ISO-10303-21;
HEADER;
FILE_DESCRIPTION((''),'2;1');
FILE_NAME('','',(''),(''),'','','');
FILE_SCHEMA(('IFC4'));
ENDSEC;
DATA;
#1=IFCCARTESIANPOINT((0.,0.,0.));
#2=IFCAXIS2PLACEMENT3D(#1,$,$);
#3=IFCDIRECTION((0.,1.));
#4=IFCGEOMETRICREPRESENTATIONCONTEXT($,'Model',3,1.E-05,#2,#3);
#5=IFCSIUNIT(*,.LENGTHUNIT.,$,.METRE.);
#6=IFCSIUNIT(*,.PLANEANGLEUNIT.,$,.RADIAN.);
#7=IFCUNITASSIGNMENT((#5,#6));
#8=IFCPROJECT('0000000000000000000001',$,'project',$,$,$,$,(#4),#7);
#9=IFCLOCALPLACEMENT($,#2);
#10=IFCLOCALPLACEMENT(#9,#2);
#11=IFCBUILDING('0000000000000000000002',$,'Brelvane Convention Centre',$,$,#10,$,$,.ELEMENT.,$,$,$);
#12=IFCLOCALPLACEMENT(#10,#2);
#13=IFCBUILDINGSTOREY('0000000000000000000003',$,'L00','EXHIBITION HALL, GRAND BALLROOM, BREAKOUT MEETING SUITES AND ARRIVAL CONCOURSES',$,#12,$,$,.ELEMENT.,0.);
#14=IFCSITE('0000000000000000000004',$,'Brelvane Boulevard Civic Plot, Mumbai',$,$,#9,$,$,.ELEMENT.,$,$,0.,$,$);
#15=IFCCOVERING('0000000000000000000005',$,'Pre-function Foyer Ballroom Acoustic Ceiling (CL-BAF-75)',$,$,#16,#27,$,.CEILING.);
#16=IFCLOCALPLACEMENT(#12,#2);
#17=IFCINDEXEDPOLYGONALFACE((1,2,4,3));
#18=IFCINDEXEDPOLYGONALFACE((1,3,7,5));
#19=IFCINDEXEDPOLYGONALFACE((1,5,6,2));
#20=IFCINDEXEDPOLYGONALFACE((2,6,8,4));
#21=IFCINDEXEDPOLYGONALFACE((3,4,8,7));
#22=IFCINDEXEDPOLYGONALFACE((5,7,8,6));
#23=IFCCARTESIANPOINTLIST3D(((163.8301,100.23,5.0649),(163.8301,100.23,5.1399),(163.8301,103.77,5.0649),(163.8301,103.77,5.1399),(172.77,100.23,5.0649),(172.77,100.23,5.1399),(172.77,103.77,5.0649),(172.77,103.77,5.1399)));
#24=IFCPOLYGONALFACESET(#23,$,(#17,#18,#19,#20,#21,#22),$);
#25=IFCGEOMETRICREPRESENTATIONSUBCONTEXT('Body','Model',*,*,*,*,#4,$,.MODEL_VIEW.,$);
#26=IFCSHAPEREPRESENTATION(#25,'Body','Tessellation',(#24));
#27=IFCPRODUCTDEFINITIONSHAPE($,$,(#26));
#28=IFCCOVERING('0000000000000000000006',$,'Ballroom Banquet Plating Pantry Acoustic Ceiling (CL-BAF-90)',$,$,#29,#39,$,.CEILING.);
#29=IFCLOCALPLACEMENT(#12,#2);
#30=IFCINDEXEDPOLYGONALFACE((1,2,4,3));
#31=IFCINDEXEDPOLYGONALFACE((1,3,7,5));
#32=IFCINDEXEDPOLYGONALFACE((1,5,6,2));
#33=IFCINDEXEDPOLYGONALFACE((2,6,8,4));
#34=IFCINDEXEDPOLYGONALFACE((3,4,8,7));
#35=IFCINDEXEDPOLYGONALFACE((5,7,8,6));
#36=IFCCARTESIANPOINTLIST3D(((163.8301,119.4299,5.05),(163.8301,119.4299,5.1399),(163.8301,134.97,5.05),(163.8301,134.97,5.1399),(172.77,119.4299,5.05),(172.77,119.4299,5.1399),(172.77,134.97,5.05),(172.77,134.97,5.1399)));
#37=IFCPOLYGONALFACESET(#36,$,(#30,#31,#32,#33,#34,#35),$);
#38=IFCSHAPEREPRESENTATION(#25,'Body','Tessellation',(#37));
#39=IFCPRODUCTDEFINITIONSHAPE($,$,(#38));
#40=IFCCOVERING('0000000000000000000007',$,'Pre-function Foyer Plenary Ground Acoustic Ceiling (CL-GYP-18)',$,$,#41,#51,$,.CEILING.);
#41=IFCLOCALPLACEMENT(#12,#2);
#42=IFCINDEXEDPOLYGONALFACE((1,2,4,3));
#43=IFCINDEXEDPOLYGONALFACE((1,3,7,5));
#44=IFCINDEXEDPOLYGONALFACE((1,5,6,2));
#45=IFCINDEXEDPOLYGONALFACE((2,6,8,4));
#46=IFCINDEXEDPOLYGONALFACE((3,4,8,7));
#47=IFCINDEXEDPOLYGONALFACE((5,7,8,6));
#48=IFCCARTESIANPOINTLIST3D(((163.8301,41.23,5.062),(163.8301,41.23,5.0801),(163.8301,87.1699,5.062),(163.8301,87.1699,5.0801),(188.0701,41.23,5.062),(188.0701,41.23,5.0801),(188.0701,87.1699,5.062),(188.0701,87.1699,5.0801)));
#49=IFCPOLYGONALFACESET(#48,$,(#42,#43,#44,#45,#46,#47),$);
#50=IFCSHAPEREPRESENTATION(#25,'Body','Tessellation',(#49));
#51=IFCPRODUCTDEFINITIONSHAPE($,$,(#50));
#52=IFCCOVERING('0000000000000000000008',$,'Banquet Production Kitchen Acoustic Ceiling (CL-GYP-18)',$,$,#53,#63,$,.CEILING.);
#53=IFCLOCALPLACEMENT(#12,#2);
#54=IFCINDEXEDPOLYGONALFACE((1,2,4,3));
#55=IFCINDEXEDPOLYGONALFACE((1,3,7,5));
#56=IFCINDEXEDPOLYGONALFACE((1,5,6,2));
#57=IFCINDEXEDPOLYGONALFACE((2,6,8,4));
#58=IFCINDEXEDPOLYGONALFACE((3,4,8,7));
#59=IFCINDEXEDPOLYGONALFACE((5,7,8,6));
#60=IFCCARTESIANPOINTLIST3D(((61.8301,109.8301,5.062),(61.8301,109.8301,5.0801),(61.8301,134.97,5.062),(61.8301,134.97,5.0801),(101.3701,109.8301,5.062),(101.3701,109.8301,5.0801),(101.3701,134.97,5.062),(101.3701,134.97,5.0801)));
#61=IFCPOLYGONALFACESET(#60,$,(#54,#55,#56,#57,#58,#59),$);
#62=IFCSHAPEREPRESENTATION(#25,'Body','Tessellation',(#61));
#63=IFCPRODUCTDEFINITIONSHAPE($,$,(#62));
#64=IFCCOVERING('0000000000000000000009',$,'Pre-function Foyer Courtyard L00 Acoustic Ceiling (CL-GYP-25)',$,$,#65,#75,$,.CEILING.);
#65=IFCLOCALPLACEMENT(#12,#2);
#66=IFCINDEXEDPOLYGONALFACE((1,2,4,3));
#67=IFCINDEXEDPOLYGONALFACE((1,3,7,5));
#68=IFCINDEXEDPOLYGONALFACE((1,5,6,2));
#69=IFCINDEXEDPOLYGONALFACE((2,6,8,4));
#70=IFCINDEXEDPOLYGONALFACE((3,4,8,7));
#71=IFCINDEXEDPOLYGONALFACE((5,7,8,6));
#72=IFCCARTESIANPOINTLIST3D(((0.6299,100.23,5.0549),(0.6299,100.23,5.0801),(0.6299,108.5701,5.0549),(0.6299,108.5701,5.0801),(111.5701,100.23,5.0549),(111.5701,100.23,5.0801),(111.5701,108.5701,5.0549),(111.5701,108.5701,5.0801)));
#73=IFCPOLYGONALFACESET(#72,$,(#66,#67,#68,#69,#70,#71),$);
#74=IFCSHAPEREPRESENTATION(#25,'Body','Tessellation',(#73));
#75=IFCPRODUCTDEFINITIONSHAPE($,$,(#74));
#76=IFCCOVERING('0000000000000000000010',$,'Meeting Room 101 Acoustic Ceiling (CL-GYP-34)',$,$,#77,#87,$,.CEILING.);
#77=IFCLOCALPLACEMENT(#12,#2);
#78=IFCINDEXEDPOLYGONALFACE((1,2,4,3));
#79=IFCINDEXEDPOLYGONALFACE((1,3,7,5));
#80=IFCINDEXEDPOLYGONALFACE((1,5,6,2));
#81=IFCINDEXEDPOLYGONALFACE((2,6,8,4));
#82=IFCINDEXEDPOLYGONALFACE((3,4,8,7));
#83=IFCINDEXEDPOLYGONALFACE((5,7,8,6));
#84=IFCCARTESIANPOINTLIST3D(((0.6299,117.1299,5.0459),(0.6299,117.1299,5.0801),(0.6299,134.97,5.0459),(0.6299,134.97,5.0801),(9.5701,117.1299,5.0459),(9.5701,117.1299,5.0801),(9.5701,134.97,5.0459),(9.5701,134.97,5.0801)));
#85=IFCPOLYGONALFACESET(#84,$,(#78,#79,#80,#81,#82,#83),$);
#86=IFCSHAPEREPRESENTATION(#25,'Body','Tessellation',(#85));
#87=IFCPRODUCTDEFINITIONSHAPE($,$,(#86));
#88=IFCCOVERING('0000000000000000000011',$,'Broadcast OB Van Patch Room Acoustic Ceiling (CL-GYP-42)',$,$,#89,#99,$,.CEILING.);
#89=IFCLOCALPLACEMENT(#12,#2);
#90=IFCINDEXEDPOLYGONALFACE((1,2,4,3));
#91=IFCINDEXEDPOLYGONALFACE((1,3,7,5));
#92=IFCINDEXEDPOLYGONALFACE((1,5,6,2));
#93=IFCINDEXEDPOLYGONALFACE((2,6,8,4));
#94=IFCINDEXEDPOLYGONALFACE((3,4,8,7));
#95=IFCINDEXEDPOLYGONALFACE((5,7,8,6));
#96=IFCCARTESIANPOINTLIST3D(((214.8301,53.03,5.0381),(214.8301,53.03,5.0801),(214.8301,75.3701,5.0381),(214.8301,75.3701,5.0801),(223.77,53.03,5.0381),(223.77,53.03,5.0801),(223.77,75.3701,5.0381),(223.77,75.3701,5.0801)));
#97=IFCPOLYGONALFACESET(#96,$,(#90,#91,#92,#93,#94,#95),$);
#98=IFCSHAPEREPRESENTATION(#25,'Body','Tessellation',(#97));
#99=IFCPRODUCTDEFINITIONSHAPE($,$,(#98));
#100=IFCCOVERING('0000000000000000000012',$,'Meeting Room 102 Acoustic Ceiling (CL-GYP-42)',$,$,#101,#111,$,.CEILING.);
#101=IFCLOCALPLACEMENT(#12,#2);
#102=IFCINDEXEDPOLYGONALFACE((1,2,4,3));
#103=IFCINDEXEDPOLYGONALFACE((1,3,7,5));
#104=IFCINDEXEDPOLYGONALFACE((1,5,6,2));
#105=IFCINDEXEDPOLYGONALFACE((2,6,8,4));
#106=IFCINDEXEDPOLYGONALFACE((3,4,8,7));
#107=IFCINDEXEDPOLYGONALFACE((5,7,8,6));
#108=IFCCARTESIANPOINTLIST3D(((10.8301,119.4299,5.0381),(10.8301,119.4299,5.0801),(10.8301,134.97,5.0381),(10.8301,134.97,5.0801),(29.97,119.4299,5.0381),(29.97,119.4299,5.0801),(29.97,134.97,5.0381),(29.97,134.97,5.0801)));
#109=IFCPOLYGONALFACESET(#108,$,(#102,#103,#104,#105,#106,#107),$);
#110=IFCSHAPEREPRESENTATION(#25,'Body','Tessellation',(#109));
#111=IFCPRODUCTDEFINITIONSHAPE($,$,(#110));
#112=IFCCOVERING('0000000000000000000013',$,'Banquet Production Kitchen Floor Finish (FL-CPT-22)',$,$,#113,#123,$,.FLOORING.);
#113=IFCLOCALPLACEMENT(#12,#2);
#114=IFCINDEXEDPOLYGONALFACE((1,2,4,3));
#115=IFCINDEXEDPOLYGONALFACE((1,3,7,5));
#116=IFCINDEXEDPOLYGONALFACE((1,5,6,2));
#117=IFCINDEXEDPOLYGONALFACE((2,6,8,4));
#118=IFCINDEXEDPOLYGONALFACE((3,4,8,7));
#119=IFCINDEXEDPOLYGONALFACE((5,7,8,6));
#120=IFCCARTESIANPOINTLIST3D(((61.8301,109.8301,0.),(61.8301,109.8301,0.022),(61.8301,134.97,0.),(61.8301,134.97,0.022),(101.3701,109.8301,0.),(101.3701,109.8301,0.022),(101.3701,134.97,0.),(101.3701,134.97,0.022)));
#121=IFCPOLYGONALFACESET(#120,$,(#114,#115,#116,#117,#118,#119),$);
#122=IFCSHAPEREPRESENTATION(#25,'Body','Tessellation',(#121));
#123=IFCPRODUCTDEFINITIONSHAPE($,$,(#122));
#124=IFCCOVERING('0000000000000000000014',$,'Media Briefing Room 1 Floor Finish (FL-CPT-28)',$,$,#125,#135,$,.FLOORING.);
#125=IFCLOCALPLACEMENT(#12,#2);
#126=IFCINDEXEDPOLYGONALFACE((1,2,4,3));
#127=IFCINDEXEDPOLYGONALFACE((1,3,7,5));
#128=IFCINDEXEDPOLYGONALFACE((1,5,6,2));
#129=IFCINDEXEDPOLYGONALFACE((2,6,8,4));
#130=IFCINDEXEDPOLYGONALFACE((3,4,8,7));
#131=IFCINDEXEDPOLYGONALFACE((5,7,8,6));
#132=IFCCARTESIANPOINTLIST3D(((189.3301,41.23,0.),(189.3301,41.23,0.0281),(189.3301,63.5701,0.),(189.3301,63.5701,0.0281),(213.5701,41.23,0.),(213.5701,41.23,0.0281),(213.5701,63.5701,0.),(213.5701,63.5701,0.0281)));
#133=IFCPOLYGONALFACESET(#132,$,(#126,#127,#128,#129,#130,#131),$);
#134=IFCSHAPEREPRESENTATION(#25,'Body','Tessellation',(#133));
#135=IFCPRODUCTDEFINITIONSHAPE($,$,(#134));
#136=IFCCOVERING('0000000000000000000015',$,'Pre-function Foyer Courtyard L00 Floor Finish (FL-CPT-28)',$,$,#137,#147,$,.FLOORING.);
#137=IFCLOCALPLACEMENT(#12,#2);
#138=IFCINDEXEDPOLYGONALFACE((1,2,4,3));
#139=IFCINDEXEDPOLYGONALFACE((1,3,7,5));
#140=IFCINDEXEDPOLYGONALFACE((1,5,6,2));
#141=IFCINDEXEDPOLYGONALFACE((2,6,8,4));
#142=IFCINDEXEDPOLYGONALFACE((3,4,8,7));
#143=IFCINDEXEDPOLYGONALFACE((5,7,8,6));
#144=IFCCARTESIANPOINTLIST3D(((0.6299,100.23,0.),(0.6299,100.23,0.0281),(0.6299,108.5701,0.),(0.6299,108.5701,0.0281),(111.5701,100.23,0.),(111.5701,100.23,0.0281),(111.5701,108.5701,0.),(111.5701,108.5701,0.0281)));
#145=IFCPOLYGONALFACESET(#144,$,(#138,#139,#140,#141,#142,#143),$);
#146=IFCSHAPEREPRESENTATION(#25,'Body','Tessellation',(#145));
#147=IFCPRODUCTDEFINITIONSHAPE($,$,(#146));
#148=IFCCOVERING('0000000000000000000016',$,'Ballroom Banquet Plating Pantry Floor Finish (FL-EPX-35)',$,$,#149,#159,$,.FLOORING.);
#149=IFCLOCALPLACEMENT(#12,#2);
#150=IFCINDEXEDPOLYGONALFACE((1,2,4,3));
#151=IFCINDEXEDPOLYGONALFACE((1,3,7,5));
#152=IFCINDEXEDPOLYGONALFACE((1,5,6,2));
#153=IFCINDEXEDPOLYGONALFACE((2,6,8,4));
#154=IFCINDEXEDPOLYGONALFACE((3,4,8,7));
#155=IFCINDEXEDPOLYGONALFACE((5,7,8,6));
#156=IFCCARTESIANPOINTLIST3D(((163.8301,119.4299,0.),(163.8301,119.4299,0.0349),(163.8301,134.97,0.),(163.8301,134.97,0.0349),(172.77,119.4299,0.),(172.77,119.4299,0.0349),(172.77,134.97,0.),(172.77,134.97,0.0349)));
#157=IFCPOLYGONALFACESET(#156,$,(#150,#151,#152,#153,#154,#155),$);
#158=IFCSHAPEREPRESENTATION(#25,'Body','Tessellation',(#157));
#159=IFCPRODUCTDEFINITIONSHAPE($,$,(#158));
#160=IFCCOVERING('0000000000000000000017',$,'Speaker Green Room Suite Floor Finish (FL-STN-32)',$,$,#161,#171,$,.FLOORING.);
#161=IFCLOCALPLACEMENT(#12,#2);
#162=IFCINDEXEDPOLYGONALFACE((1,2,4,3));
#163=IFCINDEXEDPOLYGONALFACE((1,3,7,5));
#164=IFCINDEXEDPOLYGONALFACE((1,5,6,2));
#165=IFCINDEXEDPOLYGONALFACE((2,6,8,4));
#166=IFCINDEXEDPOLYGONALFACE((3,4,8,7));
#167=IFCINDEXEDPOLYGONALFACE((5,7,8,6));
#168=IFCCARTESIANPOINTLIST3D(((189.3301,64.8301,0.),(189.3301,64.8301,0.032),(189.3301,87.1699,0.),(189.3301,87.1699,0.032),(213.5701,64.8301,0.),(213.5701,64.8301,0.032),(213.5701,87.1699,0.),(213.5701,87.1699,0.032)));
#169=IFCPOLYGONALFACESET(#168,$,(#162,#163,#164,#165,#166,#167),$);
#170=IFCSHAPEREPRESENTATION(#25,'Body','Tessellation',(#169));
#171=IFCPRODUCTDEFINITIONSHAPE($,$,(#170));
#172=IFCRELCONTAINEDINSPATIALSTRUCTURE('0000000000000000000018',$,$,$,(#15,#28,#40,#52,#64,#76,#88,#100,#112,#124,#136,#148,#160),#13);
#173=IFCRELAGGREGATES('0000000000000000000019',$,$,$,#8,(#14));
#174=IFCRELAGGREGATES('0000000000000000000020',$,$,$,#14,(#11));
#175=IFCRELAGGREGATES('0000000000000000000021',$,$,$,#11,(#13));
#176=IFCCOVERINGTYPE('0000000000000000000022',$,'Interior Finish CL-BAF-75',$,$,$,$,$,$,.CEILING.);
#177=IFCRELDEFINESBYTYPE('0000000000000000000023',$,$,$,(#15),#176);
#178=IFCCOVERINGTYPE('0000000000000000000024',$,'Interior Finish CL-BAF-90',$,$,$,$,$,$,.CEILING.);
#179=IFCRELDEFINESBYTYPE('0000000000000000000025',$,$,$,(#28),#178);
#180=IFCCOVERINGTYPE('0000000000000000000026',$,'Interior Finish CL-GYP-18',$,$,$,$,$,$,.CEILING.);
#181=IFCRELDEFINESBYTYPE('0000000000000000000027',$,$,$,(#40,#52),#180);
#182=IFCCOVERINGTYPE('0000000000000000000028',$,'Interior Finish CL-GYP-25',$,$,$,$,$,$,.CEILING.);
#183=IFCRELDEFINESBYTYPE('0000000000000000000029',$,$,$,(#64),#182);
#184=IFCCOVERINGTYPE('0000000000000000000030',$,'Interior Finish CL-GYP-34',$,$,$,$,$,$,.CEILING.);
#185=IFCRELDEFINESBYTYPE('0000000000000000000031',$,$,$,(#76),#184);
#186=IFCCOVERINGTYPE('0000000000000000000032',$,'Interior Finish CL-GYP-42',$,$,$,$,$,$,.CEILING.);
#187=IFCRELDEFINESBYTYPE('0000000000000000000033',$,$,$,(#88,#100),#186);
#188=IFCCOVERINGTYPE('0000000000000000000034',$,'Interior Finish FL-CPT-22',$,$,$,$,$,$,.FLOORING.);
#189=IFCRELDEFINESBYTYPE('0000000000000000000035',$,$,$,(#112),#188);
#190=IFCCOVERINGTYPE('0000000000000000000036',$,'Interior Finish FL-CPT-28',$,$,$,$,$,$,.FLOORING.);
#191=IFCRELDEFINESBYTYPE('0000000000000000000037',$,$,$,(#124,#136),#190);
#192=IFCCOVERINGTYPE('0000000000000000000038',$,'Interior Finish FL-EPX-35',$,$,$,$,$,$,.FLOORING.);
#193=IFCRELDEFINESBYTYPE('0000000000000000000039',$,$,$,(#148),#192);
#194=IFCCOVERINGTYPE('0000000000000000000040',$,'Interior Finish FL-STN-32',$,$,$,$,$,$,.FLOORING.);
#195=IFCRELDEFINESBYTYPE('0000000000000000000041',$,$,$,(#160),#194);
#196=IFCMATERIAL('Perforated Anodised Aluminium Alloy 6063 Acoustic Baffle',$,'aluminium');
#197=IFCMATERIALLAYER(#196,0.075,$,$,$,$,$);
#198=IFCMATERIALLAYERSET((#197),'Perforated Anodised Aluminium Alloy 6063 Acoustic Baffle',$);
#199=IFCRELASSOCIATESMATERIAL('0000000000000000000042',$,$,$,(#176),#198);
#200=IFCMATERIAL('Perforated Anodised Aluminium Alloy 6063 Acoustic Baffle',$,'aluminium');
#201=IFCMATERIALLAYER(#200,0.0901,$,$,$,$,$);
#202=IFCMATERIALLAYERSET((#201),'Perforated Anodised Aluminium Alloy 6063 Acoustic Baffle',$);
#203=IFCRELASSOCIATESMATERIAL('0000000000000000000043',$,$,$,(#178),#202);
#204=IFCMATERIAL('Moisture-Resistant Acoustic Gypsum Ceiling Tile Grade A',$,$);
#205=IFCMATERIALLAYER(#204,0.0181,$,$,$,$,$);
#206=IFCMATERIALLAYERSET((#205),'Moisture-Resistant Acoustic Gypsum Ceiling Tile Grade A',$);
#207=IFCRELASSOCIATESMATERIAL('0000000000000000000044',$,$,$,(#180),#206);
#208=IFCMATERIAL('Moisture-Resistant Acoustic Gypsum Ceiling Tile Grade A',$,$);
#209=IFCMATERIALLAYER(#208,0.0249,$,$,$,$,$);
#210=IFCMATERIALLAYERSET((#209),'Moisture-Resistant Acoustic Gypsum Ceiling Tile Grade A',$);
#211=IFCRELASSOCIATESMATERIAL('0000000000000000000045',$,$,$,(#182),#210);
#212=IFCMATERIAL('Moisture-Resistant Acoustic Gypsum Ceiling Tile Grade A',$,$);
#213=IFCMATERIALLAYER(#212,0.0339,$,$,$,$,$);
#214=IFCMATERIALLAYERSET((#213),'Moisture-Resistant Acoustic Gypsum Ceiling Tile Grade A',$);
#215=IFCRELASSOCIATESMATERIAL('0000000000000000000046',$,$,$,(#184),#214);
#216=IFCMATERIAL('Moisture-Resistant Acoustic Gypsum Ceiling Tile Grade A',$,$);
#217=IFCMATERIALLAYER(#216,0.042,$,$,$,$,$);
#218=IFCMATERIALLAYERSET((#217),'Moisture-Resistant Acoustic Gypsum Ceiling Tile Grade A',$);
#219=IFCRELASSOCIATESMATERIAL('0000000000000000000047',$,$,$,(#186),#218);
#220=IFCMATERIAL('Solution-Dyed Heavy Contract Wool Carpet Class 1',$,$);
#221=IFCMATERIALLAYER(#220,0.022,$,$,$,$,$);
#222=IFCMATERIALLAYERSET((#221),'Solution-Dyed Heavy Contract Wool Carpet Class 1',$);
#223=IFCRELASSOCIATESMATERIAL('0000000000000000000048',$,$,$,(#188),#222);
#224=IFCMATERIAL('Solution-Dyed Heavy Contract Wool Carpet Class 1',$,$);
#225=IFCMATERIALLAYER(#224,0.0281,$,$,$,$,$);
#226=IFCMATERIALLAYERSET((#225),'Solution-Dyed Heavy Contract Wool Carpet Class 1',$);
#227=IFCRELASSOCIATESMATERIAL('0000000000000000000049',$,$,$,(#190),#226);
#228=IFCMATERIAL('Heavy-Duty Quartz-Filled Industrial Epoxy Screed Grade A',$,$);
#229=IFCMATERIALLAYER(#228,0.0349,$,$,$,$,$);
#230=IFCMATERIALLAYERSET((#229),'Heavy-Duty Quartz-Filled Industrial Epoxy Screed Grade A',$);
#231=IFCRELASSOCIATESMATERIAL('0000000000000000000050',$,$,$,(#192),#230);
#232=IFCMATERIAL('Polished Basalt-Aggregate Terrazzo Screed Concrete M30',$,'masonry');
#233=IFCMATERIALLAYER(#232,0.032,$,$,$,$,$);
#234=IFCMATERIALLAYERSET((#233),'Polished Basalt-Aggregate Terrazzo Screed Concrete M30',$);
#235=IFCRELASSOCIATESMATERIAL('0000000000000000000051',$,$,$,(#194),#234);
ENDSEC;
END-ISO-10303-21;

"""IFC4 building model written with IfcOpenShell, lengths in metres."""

from ifc_helpers import new_model, si_unit, direction, frame, origin, place, context, subcontext, project, spatial, polyline, outline, extrude, material, layer, layer_set, type_object, element, save


model = new_model("IFC4")

# Units and contexts
model_context = context("Model", 3, precision=1e-05, world=origin(), true_north=direction((0.0, 1.0)))
body_context = subcontext(model_context, "Body", "Model", "MODEL_VIEW")
ifc_project = project(units=[si_unit("LENGTHUNIT", "METRE"), si_unit("PLANEANGLEUNIT", "RADIAN")], contexts=[model_context])

# Site, building, storey
site_placement = place(None, origin())
site = spatial("IfcSite", under=ifc_project, at=site_placement, Name="Brelvane Boulevard Civic Plot, Mumbai", CompositionType="ELEMENT", RefElevation=0.0)
building_placement = place(site_placement, origin())
building = spatial("IfcBuilding", under=site, at=building_placement, Name="Brelvane Convention Centre", CompositionType="ELEMENT")
storey_placement = place(building_placement, origin())
storey = spatial("IfcBuildingStorey", under=building, at=storey_placement, Name="L00", Description="EXHIBITION HALL, GRAND BALLROOM, BREAKOUT MEETING SUITES AND ARRIVAL CONCOURSES", CompositionType="ELEMENT", Elevation=0.0)

# Coverings
ifc_material_1 = material(Name="Perforated Anodised Aluminium Alloy 6063 Acoustic Baffle", Category="aluminium")
ifc_layer_1 = layer(ifc_material_1, 0.075)
ifc_layer_set_1 = layer_set([ifc_layer_1], Name="Perforated Anodised Aluminium Alloy 6063 Acoustic Baffle")
covering_type_1 = type_object("IfcCoveringType", Name="Interior Finish CL-BAF-75", PredefinedType="CEILING", material=ifc_layer_set_1)
covering_1_placement = place(storey_placement, frame((0.0, 0.0, 5.0649)))
element("IfcCovering", 1, at=covering_1_placement, inside=storey, type_object=covering_type_1, Name="Pre-function Foyer Ballroom Acoustic Ceiling (CL-BAF-75)", PredefinedType="CEILING", context=body_context, shape_type="SweptSolid", body=[
    extrude(outline(polyline([(163.8301, 100.23), (172.77, 100.23), (172.77, 103.77), (163.8301, 103.77), (163.8301, 100.23)])), origin(), (0.0, 0.0, 1.0), 0.075),
])
ifc_material_2 = material(Name="Perforated Anodised Aluminium Alloy 6063 Acoustic Baffle", Category="aluminium")
ifc_layer_2 = layer(ifc_material_2, 0.0901)
ifc_layer_set_2 = layer_set([ifc_layer_2], Name="Perforated Anodised Aluminium Alloy 6063 Acoustic Baffle")
covering_type_2 = type_object("IfcCoveringType", Name="Interior Finish CL-BAF-90", PredefinedType="CEILING", material=ifc_layer_set_2)
covering_2_placement = place(storey_placement, frame((0.0, 0.0, 5.05)))
element("IfcCovering", 2, at=covering_2_placement, inside=storey, type_object=covering_type_2, Name="Ballroom Banquet Plating Pantry Acoustic Ceiling (CL-BAF-90)", PredefinedType="CEILING", context=body_context, shape_type="SweptSolid", body=[
    extrude(outline(polyline([(163.8301, 119.4299), (172.77, 119.4299), (172.77, 134.97), (163.8301, 134.97), (163.8301, 119.4299)])), origin(), (0.0, 0.0, 1.0), 0.0898),
])
ifc_material_3 = material(Name="Moisture-Resistant Acoustic Gypsum Ceiling Tile Grade A")
ifc_layer_3 = layer(ifc_material_3, 0.0181)
ifc_layer_set_3 = layer_set([ifc_layer_3], Name="Moisture-Resistant Acoustic Gypsum Ceiling Tile Grade A")
covering_type_3 = type_object("IfcCoveringType", Name="Interior Finish CL-GYP-18", PredefinedType="CEILING", material=ifc_layer_set_3)
covering_3_placement = place(storey_placement, frame((0.0, 0.0, 5.062)))
element("IfcCovering", 3, at=covering_3_placement, inside=storey, type_object=covering_type_3, Name="Pre-function Foyer Plenary Ground Acoustic Ceiling (CL-GYP-18)", PredefinedType="CEILING", context=body_context, shape_type="SweptSolid", body=[
    extrude(outline(polyline([(163.8301, 41.23), (188.0701, 41.23), (188.0701, 87.1699), (163.8301, 87.1699), (163.8301, 41.23)])), origin(), (0.0, 0.0, 1.0), 0.0181),
])
covering_4_placement = place(storey_placement, frame((0.0, 0.0, 5.062)))
element("IfcCovering", 4, at=covering_4_placement, inside=storey, type_object=covering_type_3, Name="Banquet Production Kitchen Acoustic Ceiling (CL-GYP-18)", PredefinedType="CEILING", context=body_context, shape_type="SweptSolid", body=[
    extrude(outline(polyline([(61.8301, 109.8301), (101.3701, 109.8301), (101.3701, 134.97), (61.8301, 134.97), (61.8301, 109.8301)])), origin(), (0.0, 0.0, 1.0), 0.0181),
])
ifc_material_4 = material(Name="Moisture-Resistant Acoustic Gypsum Ceiling Tile Grade A")
ifc_layer_4 = layer(ifc_material_4, 0.0249)
ifc_layer_set_4 = layer_set([ifc_layer_4], Name="Moisture-Resistant Acoustic Gypsum Ceiling Tile Grade A")
covering_type_4 = type_object("IfcCoveringType", Name="Interior Finish CL-GYP-25", PredefinedType="CEILING", material=ifc_layer_set_4)
covering_5_placement = place(storey_placement, frame((0.0, 0.0, 5.0549)))
element("IfcCovering", 5, at=covering_5_placement, inside=storey, type_object=covering_type_4, Name="Pre-function Foyer Courtyard L00 Acoustic Ceiling (CL-GYP-25)", PredefinedType="CEILING", context=body_context, shape_type="SweptSolid", body=[
    extrude(outline(polyline([(0.6299, 100.23), (111.5701, 100.23), (111.5701, 108.5701), (0.6299, 108.5701), (0.6299, 100.23)])), origin(), (0.0, 0.0, 1.0), 0.0251),
])
ifc_material_5 = material(Name="Moisture-Resistant Acoustic Gypsum Ceiling Tile Grade A")
ifc_layer_5 = layer(ifc_material_5, 0.0339)
ifc_layer_set_5 = layer_set([ifc_layer_5], Name="Moisture-Resistant Acoustic Gypsum Ceiling Tile Grade A")
covering_type_5 = type_object("IfcCoveringType", Name="Interior Finish CL-GYP-34", PredefinedType="CEILING", material=ifc_layer_set_5)
covering_6_placement = place(storey_placement, frame((0.0, 0.0, 5.0459)))
element("IfcCovering", 6, at=covering_6_placement, inside=storey, type_object=covering_type_5, Name="Meeting Room 101 Acoustic Ceiling (CL-GYP-34)", PredefinedType="CEILING", context=body_context, shape_type="SweptSolid", body=[
    extrude(outline(polyline([(0.6299, 117.1299), (9.5701, 117.1299), (9.5701, 134.97), (0.6299, 134.97), (0.6299, 117.1299)])), origin(), (0.0, 0.0, 1.0), 0.0342),
])
ifc_material_6 = material(Name="Moisture-Resistant Acoustic Gypsum Ceiling Tile Grade A")
ifc_layer_6 = layer(ifc_material_6, 0.042)
ifc_layer_set_6 = layer_set([ifc_layer_6], Name="Moisture-Resistant Acoustic Gypsum Ceiling Tile Grade A")
covering_type_6 = type_object("IfcCoveringType", Name="Interior Finish CL-GYP-42", PredefinedType="CEILING", material=ifc_layer_set_6)
covering_7_placement = place(storey_placement, frame((0.0, 0.0, 5.0381)))
element("IfcCovering", 7, at=covering_7_placement, inside=storey, type_object=covering_type_6, Name="Broadcast OB Van Patch Room Acoustic Ceiling (CL-GYP-42)", PredefinedType="CEILING", context=body_context, shape_type="SweptSolid", body=[
    extrude(outline(polyline([(214.8301, 53.03), (223.77, 53.03), (223.77, 75.3701), (214.8301, 75.3701), (214.8301, 53.03)])), origin(), (0.0, 0.0, 1.0), 0.042),
])
covering_8_placement = place(storey_placement, frame((0.0, 0.0, 5.0381)))
element("IfcCovering", 8, at=covering_8_placement, inside=storey, type_object=covering_type_6, Name="Meeting Room 102 Acoustic Ceiling (CL-GYP-42)", PredefinedType="CEILING", context=body_context, shape_type="SweptSolid", body=[
    extrude(outline(polyline([(10.8301, 119.4299), (29.97, 119.4299), (29.97, 134.97), (10.8301, 134.97), (10.8301, 119.4299)])), origin(), (0.0, 0.0, 1.0), 0.042),
])
ifc_material_7 = material(Name="Solution-Dyed Heavy Contract Wool Carpet Class 1")
ifc_layer_7 = layer(ifc_material_7, 0.022)
ifc_layer_set_7 = layer_set([ifc_layer_7], Name="Solution-Dyed Heavy Contract Wool Carpet Class 1")
covering_type_7 = type_object("IfcCoveringType", Name="Interior Finish FL-CPT-22", PredefinedType="FLOORING", material=ifc_layer_set_7)
covering_9_placement = place(storey_placement, origin())
element("IfcCovering", 9, at=covering_9_placement, inside=storey, type_object=covering_type_7, Name="Banquet Production Kitchen Floor Finish (FL-CPT-22)", PredefinedType="FLOORING", context=body_context, shape_type="SweptSolid", body=[
    extrude(outline(polyline([(61.8301, 109.8301), (101.3701, 109.8301), (101.3701, 134.97), (61.8301, 134.97), (61.8301, 109.8301)])), origin(), (0.0, 0.0, 1.0), 0.022),
])
ifc_material_8 = material(Name="Solution-Dyed Heavy Contract Wool Carpet Class 1")
ifc_layer_8 = layer(ifc_material_8, 0.0281)
ifc_layer_set_8 = layer_set([ifc_layer_8], Name="Solution-Dyed Heavy Contract Wool Carpet Class 1")
covering_type_8 = type_object("IfcCoveringType", Name="Interior Finish FL-CPT-28", PredefinedType="FLOORING", material=ifc_layer_set_8)
covering_10_placement = place(storey_placement, origin())
element("IfcCovering", 10, at=covering_10_placement, inside=storey, type_object=covering_type_8, Name="Media Briefing Room 1 Floor Finish (FL-CPT-28)", PredefinedType="FLOORING", context=body_context, shape_type="SweptSolid", body=[
    extrude(outline(polyline([(189.3301, 41.23), (213.5701, 41.23), (213.5701, 63.5701), (189.3301, 63.5701), (189.3301, 41.23)])), origin(), (0.0, 0.0, 1.0), 0.0281),
])
covering_11_placement = place(storey_placement, origin())
element("IfcCovering", 11, at=covering_11_placement, inside=storey, type_object=covering_type_8, Name="Pre-function Foyer Courtyard L00 Floor Finish (FL-CPT-28)", PredefinedType="FLOORING", context=body_context, shape_type="SweptSolid", body=[
    extrude(outline(polyline([(0.6299, 100.23), (111.5701, 100.23), (111.5701, 108.5701), (0.6299, 108.5701), (0.6299, 100.23)])), origin(), (0.0, 0.0, 1.0), 0.0281),
])
ifc_material_9 = material(Name="Heavy-Duty Quartz-Filled Industrial Epoxy Screed Grade A")
ifc_layer_9 = layer(ifc_material_9, 0.0349)
ifc_layer_set_9 = layer_set([ifc_layer_9], Name="Heavy-Duty Quartz-Filled Industrial Epoxy Screed Grade A")
covering_type_9 = type_object("IfcCoveringType", Name="Interior Finish FL-EPX-35", PredefinedType="FLOORING", material=ifc_layer_set_9)
covering_12_placement = place(storey_placement, origin())
element("IfcCovering", 12, at=covering_12_placement, inside=storey, type_object=covering_type_9, Name="Ballroom Banquet Plating Pantry Floor Finish (FL-EPX-35)", PredefinedType="FLOORING", context=body_context, shape_type="SweptSolid", body=[
    extrude(outline(polyline([(163.8301, 119.4299), (172.77, 119.4299), (172.77, 134.97), (163.8301, 134.97), (163.8301, 119.4299)])), origin(), (0.0, 0.0, 1.0), 0.0349),
])
ifc_material_10 = material(Name="Polished Basalt-Aggregate Terrazzo Screed Concrete M30", Category="masonry")
ifc_layer_10 = layer(ifc_material_10, 0.032)
ifc_layer_set_10 = layer_set([ifc_layer_10], Name="Polished Basalt-Aggregate Terrazzo Screed Concrete M30")
covering_type_10 = type_object("IfcCoveringType", Name="Interior Finish FL-STN-32", PredefinedType="FLOORING", material=ifc_layer_set_10)
covering_13_placement = place(storey_placement, origin())
element("IfcCovering", 13, at=covering_13_placement, inside=storey, type_object=covering_type_10, Name="Speaker Green Room Suite Floor Finish (FL-STN-32)", PredefinedType="FLOORING", context=body_context, shape_type="SweptSolid", body=[
    extrude(outline(polyline([(189.3301, 64.8301), (213.5701, 64.8301), (213.5701, 87.1699), (189.3301, 87.1699), (189.3301, 64.8301)])), origin(), (0.0, 0.0, 1.0), 0.032),
])

save(model, "model.ifc")
